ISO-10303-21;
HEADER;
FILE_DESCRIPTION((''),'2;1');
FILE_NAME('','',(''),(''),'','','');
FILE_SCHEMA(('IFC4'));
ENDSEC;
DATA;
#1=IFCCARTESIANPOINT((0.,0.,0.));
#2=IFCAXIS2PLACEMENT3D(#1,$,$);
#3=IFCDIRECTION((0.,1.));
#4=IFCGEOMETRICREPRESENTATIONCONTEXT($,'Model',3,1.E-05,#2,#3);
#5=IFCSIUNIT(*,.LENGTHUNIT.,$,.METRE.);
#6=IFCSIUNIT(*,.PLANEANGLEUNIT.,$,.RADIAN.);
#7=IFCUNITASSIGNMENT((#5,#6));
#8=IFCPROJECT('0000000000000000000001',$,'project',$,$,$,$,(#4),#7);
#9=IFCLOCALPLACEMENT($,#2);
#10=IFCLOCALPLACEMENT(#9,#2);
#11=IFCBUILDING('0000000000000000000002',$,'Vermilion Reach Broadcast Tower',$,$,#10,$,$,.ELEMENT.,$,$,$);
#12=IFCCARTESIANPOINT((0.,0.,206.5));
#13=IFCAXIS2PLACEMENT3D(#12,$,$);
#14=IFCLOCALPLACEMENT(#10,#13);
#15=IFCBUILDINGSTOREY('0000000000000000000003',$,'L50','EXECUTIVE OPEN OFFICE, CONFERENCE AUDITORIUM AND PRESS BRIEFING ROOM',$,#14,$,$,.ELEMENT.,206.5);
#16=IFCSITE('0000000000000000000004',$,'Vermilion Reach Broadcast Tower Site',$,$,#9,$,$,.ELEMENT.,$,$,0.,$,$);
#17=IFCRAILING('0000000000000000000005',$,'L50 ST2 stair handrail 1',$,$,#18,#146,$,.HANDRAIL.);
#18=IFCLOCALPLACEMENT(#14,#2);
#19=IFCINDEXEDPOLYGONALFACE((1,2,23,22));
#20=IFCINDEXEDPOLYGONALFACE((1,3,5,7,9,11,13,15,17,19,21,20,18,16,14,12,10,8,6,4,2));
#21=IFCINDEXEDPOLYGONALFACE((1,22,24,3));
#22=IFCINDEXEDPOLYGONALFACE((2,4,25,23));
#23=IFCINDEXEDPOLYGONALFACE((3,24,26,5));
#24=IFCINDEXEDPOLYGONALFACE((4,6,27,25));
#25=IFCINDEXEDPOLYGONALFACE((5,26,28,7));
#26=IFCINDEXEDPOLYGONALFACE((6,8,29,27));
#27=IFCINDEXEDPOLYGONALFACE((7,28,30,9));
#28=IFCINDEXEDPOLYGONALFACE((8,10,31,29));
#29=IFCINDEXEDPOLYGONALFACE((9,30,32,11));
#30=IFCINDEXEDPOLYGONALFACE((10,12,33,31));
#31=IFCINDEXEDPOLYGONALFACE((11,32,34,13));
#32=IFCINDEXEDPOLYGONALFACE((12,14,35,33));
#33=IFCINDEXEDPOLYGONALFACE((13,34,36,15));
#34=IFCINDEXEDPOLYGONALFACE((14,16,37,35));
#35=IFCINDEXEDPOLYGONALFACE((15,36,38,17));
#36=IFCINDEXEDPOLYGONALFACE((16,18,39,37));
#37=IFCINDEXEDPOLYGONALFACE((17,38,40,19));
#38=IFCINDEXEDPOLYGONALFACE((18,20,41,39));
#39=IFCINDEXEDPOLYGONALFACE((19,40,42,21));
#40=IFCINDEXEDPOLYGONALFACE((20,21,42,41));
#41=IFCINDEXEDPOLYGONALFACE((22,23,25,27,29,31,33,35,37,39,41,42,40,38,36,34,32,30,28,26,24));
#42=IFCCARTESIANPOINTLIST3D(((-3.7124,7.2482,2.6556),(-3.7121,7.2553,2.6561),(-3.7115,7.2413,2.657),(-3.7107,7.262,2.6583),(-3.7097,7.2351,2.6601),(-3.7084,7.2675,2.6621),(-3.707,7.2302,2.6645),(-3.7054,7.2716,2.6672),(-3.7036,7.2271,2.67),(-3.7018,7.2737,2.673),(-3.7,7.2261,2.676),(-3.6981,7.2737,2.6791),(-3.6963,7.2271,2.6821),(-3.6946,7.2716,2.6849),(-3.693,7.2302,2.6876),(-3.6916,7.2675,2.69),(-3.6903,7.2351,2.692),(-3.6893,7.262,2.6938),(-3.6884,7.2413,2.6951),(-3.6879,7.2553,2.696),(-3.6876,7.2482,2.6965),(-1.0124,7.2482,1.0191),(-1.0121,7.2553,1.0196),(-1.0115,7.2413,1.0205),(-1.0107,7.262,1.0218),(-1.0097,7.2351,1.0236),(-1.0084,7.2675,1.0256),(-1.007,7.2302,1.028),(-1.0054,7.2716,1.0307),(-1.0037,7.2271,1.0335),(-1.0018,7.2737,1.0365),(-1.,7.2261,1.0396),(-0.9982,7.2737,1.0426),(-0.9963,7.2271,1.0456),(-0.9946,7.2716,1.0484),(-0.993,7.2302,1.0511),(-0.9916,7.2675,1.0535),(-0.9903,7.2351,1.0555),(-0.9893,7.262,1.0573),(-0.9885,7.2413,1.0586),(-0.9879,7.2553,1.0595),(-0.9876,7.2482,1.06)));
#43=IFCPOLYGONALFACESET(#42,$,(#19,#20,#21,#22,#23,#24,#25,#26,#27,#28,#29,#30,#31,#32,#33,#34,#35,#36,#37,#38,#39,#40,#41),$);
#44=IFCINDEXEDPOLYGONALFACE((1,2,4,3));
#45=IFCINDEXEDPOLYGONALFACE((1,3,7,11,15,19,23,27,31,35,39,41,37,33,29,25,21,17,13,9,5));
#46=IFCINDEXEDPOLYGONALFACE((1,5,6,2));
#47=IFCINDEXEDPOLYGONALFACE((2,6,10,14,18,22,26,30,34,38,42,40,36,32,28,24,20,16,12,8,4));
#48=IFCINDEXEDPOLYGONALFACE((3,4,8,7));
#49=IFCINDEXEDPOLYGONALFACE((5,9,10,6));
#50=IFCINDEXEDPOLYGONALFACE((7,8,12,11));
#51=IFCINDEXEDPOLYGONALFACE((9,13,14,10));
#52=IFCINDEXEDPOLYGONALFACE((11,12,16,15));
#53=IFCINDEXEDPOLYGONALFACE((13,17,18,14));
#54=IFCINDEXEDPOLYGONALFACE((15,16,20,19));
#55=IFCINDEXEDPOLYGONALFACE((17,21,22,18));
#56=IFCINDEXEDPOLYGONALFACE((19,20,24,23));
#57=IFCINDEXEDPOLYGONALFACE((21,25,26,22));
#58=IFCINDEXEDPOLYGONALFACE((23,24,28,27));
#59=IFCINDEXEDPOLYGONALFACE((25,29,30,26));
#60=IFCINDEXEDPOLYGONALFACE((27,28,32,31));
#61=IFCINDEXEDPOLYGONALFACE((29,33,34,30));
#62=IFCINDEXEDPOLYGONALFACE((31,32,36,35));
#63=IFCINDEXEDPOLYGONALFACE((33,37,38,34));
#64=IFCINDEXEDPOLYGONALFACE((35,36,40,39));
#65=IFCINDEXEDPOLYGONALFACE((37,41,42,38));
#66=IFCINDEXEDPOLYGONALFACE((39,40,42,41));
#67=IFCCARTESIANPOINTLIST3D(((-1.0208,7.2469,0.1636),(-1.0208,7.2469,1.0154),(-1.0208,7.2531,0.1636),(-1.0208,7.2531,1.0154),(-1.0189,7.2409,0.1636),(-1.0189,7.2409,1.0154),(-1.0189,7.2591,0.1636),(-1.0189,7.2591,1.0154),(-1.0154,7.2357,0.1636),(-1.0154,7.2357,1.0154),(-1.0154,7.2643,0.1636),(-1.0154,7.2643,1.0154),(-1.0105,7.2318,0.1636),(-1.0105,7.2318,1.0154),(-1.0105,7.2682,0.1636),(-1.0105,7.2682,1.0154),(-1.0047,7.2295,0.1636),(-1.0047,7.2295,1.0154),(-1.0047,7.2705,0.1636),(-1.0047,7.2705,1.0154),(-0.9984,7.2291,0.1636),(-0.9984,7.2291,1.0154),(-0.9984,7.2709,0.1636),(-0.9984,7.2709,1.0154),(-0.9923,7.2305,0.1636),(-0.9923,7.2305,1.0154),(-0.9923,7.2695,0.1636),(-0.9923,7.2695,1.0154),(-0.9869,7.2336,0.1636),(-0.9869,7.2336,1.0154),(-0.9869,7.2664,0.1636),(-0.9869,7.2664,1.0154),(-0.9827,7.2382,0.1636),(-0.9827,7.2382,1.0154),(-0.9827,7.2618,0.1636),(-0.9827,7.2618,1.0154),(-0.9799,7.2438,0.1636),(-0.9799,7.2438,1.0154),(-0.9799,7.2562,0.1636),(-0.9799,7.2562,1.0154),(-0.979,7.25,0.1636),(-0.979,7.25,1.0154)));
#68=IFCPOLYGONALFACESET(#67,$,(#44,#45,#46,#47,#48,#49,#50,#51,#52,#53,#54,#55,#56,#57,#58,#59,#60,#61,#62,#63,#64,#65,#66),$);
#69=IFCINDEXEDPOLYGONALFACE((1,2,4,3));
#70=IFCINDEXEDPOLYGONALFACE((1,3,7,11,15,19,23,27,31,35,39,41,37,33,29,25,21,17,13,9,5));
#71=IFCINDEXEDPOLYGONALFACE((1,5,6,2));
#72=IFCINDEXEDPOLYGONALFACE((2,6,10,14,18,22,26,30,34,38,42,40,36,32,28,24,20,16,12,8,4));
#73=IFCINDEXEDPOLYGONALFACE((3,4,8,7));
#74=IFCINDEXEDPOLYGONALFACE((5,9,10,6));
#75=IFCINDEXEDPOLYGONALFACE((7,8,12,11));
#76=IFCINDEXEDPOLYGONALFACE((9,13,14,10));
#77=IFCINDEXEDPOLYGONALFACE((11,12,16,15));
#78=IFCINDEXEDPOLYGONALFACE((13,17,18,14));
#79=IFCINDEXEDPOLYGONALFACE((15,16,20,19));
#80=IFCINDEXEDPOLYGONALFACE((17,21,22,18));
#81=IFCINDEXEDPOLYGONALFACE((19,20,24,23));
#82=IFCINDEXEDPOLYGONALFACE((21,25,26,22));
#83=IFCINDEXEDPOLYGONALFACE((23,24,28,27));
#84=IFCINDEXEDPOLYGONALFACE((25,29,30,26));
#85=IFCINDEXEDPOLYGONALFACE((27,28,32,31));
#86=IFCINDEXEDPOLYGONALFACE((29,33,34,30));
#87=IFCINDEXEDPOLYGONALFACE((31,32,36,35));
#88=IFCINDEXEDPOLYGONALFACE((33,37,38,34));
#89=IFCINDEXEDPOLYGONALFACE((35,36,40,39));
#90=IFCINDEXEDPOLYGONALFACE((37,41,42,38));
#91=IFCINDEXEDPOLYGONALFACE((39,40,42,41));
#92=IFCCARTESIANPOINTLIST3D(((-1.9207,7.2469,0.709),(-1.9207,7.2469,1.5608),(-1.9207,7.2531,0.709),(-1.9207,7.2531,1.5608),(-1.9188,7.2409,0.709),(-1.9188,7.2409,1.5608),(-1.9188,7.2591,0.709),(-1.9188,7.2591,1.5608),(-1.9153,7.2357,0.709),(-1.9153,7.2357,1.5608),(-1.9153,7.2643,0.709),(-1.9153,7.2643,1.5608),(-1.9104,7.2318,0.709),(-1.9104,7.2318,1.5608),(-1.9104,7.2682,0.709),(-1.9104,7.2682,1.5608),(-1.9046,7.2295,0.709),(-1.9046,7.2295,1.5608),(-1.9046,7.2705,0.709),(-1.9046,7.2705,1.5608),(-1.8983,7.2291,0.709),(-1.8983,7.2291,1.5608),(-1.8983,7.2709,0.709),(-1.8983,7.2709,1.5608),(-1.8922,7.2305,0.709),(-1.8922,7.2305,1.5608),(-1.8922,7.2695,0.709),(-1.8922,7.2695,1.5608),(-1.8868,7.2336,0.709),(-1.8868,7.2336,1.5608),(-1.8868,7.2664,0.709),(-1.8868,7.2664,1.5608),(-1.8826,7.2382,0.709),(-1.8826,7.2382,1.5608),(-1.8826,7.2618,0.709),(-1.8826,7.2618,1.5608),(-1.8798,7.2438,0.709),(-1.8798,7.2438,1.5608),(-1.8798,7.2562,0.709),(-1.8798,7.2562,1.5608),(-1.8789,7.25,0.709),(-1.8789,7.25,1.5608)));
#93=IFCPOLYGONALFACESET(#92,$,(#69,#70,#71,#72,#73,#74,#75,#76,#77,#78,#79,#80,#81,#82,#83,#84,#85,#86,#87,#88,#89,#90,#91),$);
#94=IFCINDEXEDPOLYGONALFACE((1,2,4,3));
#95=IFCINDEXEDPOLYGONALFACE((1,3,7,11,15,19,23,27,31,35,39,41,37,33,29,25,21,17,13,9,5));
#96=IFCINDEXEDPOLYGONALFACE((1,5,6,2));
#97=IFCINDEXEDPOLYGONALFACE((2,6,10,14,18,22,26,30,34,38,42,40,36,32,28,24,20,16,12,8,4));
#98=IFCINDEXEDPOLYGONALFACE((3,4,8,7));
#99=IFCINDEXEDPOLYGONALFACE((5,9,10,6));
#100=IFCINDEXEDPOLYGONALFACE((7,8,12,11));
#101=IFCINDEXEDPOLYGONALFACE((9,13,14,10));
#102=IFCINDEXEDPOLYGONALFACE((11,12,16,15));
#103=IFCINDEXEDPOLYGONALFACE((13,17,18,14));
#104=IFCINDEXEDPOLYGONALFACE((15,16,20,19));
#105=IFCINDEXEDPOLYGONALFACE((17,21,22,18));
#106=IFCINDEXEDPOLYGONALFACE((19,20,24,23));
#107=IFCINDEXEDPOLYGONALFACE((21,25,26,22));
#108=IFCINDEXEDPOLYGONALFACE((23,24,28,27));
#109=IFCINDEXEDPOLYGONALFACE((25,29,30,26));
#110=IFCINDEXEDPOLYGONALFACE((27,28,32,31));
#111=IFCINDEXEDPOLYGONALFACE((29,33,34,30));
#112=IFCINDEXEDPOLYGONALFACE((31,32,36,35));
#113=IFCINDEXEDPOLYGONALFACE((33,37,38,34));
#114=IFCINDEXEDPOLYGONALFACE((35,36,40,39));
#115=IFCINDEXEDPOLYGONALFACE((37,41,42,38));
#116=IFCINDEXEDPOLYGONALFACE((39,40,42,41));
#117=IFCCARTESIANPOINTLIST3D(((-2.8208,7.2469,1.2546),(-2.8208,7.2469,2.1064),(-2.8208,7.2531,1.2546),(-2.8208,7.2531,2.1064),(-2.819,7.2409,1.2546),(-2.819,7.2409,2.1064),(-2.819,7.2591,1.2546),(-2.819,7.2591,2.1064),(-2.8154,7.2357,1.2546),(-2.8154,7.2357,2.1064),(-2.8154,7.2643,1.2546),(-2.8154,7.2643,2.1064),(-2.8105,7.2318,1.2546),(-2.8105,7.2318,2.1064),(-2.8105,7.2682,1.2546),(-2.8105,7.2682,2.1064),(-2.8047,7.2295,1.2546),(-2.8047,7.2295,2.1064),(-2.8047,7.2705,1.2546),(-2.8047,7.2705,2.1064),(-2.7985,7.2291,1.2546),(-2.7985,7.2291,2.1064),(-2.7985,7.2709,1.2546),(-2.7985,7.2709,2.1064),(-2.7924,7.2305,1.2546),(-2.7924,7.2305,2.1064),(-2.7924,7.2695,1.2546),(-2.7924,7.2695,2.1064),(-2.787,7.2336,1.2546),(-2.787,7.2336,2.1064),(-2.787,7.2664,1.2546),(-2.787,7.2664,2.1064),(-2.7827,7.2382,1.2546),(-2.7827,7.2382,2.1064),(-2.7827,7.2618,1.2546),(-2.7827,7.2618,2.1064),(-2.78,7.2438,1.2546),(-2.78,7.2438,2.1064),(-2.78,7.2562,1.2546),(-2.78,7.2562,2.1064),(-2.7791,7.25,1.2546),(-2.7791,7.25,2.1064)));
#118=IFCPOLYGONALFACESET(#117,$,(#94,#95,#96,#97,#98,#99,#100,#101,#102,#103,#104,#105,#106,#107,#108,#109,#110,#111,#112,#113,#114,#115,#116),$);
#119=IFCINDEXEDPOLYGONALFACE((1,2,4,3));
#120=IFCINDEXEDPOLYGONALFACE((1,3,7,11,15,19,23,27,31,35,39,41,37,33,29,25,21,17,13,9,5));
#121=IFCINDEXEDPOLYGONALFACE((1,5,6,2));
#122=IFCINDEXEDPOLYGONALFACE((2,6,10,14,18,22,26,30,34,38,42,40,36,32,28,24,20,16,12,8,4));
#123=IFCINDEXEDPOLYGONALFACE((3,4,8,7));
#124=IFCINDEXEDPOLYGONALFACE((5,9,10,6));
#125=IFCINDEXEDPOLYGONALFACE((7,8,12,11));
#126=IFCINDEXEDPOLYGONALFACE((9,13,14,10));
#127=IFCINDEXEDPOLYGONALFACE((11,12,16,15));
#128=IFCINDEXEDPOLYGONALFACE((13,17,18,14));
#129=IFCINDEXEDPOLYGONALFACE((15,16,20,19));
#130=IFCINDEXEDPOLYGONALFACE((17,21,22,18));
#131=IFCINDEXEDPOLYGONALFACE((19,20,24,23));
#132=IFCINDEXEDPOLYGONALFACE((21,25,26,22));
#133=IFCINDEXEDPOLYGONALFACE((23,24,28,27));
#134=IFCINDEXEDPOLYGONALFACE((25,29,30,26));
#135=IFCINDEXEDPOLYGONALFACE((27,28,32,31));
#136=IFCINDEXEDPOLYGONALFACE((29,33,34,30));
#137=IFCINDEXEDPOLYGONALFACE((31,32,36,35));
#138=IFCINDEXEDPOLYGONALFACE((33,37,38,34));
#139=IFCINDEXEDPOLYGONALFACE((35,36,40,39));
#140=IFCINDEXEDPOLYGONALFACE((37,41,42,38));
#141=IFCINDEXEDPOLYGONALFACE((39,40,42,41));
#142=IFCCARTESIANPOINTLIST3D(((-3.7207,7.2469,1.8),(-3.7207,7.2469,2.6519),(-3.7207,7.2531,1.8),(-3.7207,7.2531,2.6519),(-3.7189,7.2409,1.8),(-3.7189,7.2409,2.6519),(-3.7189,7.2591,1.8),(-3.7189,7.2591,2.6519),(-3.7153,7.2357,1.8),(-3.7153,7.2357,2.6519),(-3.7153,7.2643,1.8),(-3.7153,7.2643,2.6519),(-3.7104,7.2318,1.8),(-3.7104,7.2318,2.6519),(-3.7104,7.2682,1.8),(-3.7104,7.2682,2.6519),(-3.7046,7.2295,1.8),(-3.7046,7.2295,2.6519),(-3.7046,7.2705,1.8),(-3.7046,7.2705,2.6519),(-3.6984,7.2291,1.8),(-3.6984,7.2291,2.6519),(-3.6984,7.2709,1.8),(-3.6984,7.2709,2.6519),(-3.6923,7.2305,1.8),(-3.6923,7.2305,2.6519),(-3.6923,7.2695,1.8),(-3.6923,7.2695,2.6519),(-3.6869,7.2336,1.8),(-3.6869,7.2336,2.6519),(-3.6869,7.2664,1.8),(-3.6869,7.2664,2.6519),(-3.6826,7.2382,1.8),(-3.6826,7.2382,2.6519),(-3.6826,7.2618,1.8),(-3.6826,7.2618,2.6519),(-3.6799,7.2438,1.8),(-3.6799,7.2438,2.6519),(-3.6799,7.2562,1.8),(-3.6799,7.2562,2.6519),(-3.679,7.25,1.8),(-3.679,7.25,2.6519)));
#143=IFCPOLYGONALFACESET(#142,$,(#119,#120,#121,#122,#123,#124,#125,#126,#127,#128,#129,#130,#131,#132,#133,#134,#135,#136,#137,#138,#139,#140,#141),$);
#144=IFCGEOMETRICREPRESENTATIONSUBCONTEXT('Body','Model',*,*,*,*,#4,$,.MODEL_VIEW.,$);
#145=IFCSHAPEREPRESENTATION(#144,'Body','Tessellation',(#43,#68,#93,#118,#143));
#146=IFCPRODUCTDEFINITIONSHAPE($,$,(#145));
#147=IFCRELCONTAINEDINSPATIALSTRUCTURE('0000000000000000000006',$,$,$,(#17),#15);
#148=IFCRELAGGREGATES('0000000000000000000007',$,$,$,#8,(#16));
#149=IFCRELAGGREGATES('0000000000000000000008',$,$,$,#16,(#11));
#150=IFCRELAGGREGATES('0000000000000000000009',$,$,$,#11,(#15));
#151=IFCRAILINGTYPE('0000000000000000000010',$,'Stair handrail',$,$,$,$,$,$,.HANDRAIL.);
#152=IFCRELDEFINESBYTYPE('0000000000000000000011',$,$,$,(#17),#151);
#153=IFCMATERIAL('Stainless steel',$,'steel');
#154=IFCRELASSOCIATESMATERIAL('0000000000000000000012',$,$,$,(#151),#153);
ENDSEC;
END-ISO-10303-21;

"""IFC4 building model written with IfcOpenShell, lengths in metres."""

from ifc_helpers import new_model, si_unit, direction, frame, origin, origin_2d, place, context, subcontext, project, spatial, circle, extrude, material, type_object, element, save


model = new_model("IFC4")

# Units and contexts
model_context = context("Model", 3, precision=1e-05, world=origin(), true_north=direction((0.0, 1.0)))
body_context = subcontext(model_context, "Body", "Model", "MODEL_VIEW")
ifc_project = project(units=[si_unit("LENGTHUNIT", "METRE"), si_unit("PLANEANGLEUNIT", "RADIAN")], contexts=[model_context])

# Site, building, storey
site_placement = place(None, origin())
site = spatial("IfcSite", under=ifc_project, at=site_placement, Name="Vermilion Reach Broadcast Tower Site", CompositionType="ELEMENT", RefElevation=0.0)
building_placement = place(site_placement, origin())
building = spatial("IfcBuilding", under=site, at=building_placement, Name="Vermilion Reach Broadcast Tower", CompositionType="ELEMENT")
storey_placement = place(building_placement, frame((0.0, 0.0, 206.5)))
storey = spatial("IfcBuildingStorey", under=building, at=storey_placement, Name="L50", Description="EXECUTIVE OPEN OFFICE, CONFERENCE AUDITORIUM AND PRESS BRIEFING ROOM", CompositionType="ELEMENT", Elevation=206.5)

# Railing
ifc_material_1 = material(Name="Stainless steel", Category="steel")
railing_type_1 = type_object("IfcRailingType", Name="Stair handrail", PredefinedType="HANDRAIL", material=ifc_material_1)
railing_1_placement = place(storey_placement, frame((-1.0, 7.25, 0.1636)))
element("IfcRailing", 1, at=railing_1_placement, inside=storey, type_object=railing_type_1, Name="L50 ST2 stair handrail 1", PredefinedType="HANDRAIL", context=body_context, shape_type="SweptSolid", body=[
    extrude(circle(Radius=0.0239, at=origin_2d()), frame((0.0, 0.0, 0.876), z_axis=(-0.855178, 0.0, 0.518334), x_axis=(0.0, -1.0, 0.0)), (0.0, 0.0, 1.0), 3.1572),
    extrude(circle(Radius=0.021, at=origin_2d()), origin(), (0.0, 0.0, 1.0), 0.8518),
    extrude(circle(Radius=0.021, at=origin_2d()), frame((-0.8999, 0.0, 0.5454)), (0.0, 0.0, 1.0), 0.8518),
    extrude(circle(Radius=0.021, at=origin_2d()), frame((-1.8, 0.0, 1.0911)), (0.0, 0.0, 1.0), 0.8518),
    extrude(circle(Radius=0.021, at=origin_2d()), frame((-2.7, 0.0, 1.6365)), (0.0, 0.0, 1.0), 0.8518),
])

save(model, "model.ifc")
